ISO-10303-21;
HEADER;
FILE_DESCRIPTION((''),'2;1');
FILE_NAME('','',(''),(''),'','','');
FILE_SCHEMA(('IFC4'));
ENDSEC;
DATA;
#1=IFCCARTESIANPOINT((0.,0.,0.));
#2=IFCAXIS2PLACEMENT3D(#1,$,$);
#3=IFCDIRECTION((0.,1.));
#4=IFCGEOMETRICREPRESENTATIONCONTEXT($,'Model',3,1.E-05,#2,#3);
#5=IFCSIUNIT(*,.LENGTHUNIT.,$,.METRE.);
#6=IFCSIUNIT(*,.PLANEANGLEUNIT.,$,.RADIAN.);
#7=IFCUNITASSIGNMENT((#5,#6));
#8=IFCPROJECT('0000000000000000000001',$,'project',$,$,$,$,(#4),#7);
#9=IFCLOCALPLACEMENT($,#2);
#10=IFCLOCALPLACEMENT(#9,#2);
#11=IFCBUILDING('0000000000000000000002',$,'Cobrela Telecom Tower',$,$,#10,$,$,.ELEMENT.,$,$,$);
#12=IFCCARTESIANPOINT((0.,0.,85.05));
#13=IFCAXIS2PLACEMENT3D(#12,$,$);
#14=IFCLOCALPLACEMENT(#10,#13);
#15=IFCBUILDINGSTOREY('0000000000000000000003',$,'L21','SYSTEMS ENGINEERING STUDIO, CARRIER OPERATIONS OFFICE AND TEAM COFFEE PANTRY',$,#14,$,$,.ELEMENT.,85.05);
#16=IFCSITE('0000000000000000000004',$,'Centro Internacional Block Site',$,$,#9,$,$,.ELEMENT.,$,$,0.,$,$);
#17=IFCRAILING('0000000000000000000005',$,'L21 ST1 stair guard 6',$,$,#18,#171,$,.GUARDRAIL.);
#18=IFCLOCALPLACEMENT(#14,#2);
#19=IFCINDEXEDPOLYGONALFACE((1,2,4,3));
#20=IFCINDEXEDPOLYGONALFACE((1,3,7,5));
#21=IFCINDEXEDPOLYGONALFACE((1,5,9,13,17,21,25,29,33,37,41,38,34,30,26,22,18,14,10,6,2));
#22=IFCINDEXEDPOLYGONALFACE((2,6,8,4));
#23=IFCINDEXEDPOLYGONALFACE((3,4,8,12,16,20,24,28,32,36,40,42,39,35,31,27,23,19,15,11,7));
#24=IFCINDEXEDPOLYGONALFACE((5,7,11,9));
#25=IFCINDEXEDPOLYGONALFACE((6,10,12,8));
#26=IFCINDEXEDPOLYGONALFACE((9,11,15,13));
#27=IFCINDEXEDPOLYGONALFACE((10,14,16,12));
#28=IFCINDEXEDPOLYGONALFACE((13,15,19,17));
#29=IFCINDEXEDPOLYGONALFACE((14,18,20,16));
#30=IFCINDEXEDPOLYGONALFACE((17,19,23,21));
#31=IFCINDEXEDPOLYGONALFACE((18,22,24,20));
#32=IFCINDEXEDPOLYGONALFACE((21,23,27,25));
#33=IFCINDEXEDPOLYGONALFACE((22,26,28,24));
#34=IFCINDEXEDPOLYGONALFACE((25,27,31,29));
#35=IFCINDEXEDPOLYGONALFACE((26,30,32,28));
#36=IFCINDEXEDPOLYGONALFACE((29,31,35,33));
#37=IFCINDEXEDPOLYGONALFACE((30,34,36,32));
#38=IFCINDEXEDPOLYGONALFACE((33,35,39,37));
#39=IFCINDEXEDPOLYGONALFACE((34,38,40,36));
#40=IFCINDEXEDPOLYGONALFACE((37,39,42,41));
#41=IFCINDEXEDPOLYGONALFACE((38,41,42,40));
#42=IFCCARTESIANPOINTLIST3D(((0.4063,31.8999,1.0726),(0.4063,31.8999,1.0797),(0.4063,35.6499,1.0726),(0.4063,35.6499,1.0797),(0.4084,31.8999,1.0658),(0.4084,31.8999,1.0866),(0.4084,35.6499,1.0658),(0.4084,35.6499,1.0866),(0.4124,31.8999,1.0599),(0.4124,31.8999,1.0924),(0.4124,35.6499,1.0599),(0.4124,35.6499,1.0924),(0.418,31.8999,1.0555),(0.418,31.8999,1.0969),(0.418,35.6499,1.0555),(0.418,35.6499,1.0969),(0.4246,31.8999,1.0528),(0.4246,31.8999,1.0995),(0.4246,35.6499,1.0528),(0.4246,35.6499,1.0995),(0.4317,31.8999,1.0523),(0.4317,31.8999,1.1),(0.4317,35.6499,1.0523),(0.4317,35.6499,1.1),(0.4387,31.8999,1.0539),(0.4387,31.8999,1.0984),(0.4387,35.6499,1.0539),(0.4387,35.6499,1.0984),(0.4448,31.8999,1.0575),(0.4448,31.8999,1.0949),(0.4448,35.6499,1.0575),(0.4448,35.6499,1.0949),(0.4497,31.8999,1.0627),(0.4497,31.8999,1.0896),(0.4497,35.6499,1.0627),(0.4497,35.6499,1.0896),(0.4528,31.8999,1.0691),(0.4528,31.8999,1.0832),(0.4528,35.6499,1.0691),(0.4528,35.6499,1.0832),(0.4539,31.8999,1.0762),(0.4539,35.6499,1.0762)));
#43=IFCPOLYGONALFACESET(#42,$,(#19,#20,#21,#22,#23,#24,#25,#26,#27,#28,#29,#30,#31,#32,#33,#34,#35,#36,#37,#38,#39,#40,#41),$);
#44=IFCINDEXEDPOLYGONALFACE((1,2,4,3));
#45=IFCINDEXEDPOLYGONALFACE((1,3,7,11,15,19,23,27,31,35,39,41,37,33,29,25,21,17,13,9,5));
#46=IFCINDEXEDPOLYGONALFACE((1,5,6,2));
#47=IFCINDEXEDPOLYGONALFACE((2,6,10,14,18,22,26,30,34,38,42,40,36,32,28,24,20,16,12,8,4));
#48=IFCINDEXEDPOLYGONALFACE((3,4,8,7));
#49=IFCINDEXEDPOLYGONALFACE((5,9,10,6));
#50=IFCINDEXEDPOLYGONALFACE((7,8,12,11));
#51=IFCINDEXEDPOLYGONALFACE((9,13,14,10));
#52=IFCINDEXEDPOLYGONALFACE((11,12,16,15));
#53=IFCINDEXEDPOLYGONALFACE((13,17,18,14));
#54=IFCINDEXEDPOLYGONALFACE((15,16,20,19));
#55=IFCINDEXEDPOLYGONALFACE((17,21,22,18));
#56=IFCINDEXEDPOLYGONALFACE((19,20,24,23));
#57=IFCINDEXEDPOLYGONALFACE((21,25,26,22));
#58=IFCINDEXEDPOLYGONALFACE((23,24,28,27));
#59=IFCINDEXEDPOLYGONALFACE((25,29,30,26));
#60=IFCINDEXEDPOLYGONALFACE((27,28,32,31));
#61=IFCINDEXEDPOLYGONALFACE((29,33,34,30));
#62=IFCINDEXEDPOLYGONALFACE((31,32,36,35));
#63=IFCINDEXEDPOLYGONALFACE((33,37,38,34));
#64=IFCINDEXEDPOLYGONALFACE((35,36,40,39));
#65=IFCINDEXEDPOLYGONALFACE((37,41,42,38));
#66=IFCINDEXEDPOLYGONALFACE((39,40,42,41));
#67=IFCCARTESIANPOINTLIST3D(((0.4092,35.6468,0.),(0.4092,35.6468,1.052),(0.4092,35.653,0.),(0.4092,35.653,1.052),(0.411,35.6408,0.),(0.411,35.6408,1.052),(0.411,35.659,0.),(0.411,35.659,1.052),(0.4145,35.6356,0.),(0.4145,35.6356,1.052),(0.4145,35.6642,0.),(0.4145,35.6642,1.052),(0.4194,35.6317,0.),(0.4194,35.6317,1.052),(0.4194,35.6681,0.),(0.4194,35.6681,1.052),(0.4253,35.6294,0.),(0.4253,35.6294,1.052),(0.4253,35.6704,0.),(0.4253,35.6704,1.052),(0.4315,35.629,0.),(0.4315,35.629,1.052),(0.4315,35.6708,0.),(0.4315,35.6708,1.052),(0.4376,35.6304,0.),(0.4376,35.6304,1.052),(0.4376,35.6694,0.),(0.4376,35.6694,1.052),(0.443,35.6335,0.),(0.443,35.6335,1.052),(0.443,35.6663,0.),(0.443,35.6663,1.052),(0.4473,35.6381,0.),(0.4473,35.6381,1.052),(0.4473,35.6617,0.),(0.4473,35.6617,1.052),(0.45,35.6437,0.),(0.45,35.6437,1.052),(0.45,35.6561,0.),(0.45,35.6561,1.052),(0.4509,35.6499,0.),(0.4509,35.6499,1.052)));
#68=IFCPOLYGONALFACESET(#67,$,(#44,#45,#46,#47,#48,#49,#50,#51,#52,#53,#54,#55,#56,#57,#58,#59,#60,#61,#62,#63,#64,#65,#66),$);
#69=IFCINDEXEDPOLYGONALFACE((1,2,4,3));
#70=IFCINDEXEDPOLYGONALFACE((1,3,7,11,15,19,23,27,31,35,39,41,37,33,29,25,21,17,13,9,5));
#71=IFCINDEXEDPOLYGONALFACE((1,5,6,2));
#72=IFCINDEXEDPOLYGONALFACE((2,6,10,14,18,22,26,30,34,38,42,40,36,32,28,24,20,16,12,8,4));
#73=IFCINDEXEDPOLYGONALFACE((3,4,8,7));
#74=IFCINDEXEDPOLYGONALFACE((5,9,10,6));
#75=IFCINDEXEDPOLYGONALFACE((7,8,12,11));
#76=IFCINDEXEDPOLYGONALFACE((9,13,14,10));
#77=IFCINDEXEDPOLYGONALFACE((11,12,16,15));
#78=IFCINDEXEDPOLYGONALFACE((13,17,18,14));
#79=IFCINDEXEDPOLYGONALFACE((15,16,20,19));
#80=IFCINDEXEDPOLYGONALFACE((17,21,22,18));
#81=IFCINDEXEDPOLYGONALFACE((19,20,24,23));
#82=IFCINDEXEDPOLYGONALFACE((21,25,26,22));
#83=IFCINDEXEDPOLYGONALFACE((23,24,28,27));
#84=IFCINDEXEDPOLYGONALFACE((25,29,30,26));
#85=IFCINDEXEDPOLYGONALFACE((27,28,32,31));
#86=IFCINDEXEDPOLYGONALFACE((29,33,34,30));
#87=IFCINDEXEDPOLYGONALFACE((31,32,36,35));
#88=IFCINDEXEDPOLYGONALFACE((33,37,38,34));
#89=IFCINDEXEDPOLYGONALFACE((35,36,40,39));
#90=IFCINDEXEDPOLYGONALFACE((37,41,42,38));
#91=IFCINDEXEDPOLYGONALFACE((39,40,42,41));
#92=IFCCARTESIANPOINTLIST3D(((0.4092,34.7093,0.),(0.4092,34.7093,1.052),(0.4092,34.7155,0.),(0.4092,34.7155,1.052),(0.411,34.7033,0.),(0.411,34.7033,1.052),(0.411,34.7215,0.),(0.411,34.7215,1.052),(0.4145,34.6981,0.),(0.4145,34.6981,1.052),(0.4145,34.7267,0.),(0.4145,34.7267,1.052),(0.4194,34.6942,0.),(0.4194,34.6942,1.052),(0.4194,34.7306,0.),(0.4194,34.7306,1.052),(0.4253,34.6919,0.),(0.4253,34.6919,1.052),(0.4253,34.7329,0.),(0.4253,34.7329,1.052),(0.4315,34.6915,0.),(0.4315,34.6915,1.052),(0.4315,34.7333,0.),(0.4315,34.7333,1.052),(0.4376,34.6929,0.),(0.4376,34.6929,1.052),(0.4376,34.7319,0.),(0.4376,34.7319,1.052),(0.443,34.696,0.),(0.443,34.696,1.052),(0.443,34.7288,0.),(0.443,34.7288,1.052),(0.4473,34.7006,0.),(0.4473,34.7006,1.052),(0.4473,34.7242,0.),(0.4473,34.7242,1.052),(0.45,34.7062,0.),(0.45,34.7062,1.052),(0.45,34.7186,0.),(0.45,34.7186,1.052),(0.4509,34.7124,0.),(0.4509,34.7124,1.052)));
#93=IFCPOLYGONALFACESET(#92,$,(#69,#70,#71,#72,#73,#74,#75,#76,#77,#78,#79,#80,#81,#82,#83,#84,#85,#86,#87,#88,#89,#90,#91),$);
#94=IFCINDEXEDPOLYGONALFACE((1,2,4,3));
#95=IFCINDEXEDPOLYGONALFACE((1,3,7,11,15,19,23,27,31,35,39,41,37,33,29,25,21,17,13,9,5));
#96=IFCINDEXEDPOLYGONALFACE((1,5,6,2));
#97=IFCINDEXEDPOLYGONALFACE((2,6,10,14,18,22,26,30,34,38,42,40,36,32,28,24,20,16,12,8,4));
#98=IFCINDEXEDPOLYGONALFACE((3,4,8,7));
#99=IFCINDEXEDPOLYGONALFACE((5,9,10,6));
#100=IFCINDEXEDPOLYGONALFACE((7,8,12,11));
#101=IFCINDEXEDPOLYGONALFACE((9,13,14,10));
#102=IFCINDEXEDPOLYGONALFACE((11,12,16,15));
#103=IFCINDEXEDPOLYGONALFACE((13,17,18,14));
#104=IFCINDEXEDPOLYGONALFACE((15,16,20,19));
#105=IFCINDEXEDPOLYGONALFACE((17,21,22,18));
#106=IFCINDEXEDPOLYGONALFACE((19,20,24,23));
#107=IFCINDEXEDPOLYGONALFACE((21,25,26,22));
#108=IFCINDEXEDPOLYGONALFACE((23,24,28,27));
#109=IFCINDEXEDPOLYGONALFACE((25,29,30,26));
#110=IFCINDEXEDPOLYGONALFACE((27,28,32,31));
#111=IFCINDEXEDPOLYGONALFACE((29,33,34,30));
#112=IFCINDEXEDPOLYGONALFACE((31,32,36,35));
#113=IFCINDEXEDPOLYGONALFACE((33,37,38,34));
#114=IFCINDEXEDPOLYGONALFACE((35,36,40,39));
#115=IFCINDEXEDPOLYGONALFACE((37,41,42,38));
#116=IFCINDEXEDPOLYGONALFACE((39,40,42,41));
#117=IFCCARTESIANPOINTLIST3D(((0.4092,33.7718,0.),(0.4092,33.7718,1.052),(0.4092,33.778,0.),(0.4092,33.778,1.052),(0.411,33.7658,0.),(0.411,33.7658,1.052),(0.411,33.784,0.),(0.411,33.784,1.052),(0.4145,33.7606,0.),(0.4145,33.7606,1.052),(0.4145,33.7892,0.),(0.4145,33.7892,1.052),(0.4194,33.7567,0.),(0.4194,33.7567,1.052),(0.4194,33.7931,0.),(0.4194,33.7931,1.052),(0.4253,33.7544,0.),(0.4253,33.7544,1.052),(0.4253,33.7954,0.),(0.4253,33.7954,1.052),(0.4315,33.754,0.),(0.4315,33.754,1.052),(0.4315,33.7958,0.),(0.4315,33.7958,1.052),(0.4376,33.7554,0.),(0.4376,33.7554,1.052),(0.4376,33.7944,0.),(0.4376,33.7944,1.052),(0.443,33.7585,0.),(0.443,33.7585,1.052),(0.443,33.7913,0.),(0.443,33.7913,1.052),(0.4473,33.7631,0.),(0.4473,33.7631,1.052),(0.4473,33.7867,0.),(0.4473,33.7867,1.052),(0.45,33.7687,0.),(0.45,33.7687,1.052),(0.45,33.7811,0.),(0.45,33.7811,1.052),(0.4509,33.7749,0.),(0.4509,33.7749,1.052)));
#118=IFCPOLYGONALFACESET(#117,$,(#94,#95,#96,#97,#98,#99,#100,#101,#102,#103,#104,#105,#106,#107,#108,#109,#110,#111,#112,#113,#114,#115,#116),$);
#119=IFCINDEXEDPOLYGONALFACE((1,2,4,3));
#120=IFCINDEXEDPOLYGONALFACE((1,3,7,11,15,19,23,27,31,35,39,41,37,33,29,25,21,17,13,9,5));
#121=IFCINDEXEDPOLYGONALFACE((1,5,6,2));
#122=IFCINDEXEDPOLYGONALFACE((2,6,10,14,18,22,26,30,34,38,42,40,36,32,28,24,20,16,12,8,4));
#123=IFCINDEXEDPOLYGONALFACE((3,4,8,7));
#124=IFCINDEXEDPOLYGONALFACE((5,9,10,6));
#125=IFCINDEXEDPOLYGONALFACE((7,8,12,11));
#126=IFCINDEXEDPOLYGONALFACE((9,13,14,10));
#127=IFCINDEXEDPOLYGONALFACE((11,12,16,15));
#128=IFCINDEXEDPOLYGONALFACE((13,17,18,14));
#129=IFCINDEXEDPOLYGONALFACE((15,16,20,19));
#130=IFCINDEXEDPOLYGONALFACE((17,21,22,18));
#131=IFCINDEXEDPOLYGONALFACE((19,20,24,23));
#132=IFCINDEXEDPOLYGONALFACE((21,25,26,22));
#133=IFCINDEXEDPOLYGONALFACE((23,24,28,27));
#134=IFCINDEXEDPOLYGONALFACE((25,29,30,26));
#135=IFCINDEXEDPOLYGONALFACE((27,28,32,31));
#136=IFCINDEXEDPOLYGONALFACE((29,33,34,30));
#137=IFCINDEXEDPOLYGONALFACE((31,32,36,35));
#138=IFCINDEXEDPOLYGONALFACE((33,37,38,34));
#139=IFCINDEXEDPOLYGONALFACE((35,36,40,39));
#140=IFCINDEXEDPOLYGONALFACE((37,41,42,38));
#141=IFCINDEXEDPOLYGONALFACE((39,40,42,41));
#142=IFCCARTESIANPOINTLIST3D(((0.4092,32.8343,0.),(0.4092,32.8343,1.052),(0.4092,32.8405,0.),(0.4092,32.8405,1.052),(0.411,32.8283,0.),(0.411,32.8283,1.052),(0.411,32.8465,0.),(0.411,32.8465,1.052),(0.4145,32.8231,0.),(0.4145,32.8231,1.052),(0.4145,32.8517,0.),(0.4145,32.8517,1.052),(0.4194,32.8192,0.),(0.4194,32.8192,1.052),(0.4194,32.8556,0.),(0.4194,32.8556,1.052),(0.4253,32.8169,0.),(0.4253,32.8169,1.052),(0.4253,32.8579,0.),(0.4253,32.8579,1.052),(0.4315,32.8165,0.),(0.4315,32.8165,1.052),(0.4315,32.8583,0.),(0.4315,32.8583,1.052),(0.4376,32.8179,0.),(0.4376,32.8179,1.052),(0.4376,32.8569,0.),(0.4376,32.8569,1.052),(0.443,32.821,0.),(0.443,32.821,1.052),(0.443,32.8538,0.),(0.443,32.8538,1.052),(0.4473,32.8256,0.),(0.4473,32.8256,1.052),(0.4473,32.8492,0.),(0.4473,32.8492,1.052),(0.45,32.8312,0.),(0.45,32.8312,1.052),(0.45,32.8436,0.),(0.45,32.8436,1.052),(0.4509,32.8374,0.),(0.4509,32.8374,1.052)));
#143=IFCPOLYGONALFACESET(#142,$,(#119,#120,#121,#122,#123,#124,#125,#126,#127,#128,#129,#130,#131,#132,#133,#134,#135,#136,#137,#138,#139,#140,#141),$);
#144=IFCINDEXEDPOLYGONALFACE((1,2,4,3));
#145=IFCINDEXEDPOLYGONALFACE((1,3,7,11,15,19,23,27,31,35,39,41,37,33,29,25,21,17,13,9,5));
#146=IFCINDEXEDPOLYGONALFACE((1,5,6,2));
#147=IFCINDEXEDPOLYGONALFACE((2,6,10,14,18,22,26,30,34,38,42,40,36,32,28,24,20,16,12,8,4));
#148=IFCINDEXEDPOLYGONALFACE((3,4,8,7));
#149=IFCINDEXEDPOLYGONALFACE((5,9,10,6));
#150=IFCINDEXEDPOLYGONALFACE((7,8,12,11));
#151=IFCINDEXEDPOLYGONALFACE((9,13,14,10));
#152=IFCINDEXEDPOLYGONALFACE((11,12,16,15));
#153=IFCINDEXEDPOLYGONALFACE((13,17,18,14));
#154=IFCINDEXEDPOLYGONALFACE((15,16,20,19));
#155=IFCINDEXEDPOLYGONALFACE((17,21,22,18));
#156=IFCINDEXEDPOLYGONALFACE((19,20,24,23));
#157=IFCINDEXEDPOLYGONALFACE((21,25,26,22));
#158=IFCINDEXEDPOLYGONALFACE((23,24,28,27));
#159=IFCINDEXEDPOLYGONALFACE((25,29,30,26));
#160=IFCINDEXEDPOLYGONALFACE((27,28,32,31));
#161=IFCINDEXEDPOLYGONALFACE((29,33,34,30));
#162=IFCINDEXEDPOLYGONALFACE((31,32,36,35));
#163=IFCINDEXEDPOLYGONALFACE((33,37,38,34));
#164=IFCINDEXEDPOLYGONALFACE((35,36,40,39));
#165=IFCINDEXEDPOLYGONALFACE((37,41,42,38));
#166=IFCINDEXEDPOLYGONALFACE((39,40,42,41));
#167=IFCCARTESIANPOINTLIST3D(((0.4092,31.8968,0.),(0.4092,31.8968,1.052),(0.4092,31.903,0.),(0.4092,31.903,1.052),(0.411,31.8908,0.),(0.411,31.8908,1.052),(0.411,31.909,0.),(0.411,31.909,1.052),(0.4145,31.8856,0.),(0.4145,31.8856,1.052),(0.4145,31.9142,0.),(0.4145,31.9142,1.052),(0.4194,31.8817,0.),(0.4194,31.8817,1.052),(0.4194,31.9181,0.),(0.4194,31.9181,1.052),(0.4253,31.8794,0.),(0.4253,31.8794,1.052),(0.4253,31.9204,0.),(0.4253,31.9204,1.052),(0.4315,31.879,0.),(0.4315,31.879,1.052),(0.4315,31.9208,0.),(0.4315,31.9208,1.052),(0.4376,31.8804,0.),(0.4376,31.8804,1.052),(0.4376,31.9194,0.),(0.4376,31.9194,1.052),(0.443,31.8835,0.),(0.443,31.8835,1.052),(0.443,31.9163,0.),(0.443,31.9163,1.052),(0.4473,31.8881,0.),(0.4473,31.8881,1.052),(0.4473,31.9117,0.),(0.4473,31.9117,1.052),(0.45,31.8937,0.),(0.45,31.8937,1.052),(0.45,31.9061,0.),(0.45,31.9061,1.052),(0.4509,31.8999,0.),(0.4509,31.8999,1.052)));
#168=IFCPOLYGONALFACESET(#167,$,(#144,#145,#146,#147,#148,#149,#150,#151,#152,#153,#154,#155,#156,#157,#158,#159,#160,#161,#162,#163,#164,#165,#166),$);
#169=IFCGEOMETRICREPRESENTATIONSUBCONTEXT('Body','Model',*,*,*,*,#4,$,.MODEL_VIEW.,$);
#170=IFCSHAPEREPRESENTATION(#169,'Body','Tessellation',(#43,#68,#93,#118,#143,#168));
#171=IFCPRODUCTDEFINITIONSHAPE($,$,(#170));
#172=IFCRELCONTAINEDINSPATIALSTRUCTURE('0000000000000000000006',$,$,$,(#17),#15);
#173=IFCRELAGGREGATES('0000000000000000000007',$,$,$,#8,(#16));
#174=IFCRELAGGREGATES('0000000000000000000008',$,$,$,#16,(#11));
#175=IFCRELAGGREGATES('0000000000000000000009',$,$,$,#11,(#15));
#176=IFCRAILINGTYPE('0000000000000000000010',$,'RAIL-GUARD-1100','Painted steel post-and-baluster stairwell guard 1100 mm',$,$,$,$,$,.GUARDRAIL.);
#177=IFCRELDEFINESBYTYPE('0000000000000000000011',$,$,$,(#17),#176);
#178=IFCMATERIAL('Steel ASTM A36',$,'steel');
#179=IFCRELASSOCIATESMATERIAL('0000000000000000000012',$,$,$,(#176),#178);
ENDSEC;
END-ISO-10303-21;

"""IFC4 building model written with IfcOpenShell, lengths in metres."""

from ifc_helpers import new_model, si_unit, direction, frame, origin, origin_2d, place, context, subcontext, project, spatial, circle, extrude, material, type_object, element, save


model = new_model("IFC4")

# Units and contexts
model_context = context("Model", 3, precision=1e-05, world=origin(), true_north=direction((0.0, 1.0)))
body_context = subcontext(model_context, "Body", "Model", "MODEL_VIEW")
ifc_project = project(units=[si_unit("LENGTHUNIT", "METRE"), si_unit("PLANEANGLEUNIT", "RADIAN")], contexts=[model_context])

# Site, building, storey
site_placement = place(None, origin())
site = spatial("IfcSite", under=ifc_project, at=site_placement, Name="Centro Internacional Block Site", CompositionType="ELEMENT", RefElevation=0.0)
building_placement = place(site_placement, origin())
building = spatial("IfcBuilding", under=site, at=building_placement, Name="Cobrela Telecom Tower", CompositionType="ELEMENT")
storey_placement = place(building_placement, frame((0.0, 0.0, 85.05)))
storey = spatial("IfcBuildingStorey", under=building, at=storey_placement, Name="L21", Description="SYSTEMS ENGINEERING STUDIO, CARRIER OPERATIONS OFFICE AND TEAM COFFEE PANTRY", CompositionType="ELEMENT", Elevation=85.05)

# Shared definitions
ifc_material_1 = material(Name="Steel ASTM A36", Category="steel")

# Railing
railing_type_1 = type_object("IfcRailingType", Name="RAIL-GUARD-1100", Description="Painted steel post-and-baluster stairwell guard 1100 mm", PredefinedType="GUARDRAIL", material=ifc_material_1)
railing_1_placement = place(storey_placement, frame((0.4299, 35.6499, 0.0)))
element("IfcRailing", 1, at=railing_1_placement, inside=storey, type_object=railing_type_1, Name="L21 ST1 stair guard 6", PredefinedType="GUARDRAIL", context=body_context, shape_type="SweptSolid", body=[
    extrude(circle(Radius=0.0239, at=origin_2d()), frame((0.0, 0.0, 1.0762), z_axis=(0.0, -1.0, 0.0), x_axis=(1.0, 0.0, 0.0)), (0.0, 0.0, 1.0), 3.75),
    extrude(circle(Radius=0.021, at=origin_2d()), origin(), (0.0, 0.0, 1.0), 1.052),
    extrude(circle(Radius=0.021, at=origin_2d()), frame((0.0, -0.9375, 0.0)), (0.0, 0.0, 1.0), 1.052),
    extrude(circle(Radius=0.021, at=origin_2d()), frame((0.0, -1.875, 0.0)), (0.0, 0.0, 1.0), 1.052),
    extrude(circle(Radius=0.021, at=origin_2d()), frame((0.0, -2.8125, 0.0)), (0.0, 0.0, 1.0), 1.052),
    extrude(circle(Radius=0.021, at=origin_2d()), frame((0.0, -3.75, 0.0)), (0.0, 0.0, 1.0), 1.052),
])

save(model, "model.ifc")
